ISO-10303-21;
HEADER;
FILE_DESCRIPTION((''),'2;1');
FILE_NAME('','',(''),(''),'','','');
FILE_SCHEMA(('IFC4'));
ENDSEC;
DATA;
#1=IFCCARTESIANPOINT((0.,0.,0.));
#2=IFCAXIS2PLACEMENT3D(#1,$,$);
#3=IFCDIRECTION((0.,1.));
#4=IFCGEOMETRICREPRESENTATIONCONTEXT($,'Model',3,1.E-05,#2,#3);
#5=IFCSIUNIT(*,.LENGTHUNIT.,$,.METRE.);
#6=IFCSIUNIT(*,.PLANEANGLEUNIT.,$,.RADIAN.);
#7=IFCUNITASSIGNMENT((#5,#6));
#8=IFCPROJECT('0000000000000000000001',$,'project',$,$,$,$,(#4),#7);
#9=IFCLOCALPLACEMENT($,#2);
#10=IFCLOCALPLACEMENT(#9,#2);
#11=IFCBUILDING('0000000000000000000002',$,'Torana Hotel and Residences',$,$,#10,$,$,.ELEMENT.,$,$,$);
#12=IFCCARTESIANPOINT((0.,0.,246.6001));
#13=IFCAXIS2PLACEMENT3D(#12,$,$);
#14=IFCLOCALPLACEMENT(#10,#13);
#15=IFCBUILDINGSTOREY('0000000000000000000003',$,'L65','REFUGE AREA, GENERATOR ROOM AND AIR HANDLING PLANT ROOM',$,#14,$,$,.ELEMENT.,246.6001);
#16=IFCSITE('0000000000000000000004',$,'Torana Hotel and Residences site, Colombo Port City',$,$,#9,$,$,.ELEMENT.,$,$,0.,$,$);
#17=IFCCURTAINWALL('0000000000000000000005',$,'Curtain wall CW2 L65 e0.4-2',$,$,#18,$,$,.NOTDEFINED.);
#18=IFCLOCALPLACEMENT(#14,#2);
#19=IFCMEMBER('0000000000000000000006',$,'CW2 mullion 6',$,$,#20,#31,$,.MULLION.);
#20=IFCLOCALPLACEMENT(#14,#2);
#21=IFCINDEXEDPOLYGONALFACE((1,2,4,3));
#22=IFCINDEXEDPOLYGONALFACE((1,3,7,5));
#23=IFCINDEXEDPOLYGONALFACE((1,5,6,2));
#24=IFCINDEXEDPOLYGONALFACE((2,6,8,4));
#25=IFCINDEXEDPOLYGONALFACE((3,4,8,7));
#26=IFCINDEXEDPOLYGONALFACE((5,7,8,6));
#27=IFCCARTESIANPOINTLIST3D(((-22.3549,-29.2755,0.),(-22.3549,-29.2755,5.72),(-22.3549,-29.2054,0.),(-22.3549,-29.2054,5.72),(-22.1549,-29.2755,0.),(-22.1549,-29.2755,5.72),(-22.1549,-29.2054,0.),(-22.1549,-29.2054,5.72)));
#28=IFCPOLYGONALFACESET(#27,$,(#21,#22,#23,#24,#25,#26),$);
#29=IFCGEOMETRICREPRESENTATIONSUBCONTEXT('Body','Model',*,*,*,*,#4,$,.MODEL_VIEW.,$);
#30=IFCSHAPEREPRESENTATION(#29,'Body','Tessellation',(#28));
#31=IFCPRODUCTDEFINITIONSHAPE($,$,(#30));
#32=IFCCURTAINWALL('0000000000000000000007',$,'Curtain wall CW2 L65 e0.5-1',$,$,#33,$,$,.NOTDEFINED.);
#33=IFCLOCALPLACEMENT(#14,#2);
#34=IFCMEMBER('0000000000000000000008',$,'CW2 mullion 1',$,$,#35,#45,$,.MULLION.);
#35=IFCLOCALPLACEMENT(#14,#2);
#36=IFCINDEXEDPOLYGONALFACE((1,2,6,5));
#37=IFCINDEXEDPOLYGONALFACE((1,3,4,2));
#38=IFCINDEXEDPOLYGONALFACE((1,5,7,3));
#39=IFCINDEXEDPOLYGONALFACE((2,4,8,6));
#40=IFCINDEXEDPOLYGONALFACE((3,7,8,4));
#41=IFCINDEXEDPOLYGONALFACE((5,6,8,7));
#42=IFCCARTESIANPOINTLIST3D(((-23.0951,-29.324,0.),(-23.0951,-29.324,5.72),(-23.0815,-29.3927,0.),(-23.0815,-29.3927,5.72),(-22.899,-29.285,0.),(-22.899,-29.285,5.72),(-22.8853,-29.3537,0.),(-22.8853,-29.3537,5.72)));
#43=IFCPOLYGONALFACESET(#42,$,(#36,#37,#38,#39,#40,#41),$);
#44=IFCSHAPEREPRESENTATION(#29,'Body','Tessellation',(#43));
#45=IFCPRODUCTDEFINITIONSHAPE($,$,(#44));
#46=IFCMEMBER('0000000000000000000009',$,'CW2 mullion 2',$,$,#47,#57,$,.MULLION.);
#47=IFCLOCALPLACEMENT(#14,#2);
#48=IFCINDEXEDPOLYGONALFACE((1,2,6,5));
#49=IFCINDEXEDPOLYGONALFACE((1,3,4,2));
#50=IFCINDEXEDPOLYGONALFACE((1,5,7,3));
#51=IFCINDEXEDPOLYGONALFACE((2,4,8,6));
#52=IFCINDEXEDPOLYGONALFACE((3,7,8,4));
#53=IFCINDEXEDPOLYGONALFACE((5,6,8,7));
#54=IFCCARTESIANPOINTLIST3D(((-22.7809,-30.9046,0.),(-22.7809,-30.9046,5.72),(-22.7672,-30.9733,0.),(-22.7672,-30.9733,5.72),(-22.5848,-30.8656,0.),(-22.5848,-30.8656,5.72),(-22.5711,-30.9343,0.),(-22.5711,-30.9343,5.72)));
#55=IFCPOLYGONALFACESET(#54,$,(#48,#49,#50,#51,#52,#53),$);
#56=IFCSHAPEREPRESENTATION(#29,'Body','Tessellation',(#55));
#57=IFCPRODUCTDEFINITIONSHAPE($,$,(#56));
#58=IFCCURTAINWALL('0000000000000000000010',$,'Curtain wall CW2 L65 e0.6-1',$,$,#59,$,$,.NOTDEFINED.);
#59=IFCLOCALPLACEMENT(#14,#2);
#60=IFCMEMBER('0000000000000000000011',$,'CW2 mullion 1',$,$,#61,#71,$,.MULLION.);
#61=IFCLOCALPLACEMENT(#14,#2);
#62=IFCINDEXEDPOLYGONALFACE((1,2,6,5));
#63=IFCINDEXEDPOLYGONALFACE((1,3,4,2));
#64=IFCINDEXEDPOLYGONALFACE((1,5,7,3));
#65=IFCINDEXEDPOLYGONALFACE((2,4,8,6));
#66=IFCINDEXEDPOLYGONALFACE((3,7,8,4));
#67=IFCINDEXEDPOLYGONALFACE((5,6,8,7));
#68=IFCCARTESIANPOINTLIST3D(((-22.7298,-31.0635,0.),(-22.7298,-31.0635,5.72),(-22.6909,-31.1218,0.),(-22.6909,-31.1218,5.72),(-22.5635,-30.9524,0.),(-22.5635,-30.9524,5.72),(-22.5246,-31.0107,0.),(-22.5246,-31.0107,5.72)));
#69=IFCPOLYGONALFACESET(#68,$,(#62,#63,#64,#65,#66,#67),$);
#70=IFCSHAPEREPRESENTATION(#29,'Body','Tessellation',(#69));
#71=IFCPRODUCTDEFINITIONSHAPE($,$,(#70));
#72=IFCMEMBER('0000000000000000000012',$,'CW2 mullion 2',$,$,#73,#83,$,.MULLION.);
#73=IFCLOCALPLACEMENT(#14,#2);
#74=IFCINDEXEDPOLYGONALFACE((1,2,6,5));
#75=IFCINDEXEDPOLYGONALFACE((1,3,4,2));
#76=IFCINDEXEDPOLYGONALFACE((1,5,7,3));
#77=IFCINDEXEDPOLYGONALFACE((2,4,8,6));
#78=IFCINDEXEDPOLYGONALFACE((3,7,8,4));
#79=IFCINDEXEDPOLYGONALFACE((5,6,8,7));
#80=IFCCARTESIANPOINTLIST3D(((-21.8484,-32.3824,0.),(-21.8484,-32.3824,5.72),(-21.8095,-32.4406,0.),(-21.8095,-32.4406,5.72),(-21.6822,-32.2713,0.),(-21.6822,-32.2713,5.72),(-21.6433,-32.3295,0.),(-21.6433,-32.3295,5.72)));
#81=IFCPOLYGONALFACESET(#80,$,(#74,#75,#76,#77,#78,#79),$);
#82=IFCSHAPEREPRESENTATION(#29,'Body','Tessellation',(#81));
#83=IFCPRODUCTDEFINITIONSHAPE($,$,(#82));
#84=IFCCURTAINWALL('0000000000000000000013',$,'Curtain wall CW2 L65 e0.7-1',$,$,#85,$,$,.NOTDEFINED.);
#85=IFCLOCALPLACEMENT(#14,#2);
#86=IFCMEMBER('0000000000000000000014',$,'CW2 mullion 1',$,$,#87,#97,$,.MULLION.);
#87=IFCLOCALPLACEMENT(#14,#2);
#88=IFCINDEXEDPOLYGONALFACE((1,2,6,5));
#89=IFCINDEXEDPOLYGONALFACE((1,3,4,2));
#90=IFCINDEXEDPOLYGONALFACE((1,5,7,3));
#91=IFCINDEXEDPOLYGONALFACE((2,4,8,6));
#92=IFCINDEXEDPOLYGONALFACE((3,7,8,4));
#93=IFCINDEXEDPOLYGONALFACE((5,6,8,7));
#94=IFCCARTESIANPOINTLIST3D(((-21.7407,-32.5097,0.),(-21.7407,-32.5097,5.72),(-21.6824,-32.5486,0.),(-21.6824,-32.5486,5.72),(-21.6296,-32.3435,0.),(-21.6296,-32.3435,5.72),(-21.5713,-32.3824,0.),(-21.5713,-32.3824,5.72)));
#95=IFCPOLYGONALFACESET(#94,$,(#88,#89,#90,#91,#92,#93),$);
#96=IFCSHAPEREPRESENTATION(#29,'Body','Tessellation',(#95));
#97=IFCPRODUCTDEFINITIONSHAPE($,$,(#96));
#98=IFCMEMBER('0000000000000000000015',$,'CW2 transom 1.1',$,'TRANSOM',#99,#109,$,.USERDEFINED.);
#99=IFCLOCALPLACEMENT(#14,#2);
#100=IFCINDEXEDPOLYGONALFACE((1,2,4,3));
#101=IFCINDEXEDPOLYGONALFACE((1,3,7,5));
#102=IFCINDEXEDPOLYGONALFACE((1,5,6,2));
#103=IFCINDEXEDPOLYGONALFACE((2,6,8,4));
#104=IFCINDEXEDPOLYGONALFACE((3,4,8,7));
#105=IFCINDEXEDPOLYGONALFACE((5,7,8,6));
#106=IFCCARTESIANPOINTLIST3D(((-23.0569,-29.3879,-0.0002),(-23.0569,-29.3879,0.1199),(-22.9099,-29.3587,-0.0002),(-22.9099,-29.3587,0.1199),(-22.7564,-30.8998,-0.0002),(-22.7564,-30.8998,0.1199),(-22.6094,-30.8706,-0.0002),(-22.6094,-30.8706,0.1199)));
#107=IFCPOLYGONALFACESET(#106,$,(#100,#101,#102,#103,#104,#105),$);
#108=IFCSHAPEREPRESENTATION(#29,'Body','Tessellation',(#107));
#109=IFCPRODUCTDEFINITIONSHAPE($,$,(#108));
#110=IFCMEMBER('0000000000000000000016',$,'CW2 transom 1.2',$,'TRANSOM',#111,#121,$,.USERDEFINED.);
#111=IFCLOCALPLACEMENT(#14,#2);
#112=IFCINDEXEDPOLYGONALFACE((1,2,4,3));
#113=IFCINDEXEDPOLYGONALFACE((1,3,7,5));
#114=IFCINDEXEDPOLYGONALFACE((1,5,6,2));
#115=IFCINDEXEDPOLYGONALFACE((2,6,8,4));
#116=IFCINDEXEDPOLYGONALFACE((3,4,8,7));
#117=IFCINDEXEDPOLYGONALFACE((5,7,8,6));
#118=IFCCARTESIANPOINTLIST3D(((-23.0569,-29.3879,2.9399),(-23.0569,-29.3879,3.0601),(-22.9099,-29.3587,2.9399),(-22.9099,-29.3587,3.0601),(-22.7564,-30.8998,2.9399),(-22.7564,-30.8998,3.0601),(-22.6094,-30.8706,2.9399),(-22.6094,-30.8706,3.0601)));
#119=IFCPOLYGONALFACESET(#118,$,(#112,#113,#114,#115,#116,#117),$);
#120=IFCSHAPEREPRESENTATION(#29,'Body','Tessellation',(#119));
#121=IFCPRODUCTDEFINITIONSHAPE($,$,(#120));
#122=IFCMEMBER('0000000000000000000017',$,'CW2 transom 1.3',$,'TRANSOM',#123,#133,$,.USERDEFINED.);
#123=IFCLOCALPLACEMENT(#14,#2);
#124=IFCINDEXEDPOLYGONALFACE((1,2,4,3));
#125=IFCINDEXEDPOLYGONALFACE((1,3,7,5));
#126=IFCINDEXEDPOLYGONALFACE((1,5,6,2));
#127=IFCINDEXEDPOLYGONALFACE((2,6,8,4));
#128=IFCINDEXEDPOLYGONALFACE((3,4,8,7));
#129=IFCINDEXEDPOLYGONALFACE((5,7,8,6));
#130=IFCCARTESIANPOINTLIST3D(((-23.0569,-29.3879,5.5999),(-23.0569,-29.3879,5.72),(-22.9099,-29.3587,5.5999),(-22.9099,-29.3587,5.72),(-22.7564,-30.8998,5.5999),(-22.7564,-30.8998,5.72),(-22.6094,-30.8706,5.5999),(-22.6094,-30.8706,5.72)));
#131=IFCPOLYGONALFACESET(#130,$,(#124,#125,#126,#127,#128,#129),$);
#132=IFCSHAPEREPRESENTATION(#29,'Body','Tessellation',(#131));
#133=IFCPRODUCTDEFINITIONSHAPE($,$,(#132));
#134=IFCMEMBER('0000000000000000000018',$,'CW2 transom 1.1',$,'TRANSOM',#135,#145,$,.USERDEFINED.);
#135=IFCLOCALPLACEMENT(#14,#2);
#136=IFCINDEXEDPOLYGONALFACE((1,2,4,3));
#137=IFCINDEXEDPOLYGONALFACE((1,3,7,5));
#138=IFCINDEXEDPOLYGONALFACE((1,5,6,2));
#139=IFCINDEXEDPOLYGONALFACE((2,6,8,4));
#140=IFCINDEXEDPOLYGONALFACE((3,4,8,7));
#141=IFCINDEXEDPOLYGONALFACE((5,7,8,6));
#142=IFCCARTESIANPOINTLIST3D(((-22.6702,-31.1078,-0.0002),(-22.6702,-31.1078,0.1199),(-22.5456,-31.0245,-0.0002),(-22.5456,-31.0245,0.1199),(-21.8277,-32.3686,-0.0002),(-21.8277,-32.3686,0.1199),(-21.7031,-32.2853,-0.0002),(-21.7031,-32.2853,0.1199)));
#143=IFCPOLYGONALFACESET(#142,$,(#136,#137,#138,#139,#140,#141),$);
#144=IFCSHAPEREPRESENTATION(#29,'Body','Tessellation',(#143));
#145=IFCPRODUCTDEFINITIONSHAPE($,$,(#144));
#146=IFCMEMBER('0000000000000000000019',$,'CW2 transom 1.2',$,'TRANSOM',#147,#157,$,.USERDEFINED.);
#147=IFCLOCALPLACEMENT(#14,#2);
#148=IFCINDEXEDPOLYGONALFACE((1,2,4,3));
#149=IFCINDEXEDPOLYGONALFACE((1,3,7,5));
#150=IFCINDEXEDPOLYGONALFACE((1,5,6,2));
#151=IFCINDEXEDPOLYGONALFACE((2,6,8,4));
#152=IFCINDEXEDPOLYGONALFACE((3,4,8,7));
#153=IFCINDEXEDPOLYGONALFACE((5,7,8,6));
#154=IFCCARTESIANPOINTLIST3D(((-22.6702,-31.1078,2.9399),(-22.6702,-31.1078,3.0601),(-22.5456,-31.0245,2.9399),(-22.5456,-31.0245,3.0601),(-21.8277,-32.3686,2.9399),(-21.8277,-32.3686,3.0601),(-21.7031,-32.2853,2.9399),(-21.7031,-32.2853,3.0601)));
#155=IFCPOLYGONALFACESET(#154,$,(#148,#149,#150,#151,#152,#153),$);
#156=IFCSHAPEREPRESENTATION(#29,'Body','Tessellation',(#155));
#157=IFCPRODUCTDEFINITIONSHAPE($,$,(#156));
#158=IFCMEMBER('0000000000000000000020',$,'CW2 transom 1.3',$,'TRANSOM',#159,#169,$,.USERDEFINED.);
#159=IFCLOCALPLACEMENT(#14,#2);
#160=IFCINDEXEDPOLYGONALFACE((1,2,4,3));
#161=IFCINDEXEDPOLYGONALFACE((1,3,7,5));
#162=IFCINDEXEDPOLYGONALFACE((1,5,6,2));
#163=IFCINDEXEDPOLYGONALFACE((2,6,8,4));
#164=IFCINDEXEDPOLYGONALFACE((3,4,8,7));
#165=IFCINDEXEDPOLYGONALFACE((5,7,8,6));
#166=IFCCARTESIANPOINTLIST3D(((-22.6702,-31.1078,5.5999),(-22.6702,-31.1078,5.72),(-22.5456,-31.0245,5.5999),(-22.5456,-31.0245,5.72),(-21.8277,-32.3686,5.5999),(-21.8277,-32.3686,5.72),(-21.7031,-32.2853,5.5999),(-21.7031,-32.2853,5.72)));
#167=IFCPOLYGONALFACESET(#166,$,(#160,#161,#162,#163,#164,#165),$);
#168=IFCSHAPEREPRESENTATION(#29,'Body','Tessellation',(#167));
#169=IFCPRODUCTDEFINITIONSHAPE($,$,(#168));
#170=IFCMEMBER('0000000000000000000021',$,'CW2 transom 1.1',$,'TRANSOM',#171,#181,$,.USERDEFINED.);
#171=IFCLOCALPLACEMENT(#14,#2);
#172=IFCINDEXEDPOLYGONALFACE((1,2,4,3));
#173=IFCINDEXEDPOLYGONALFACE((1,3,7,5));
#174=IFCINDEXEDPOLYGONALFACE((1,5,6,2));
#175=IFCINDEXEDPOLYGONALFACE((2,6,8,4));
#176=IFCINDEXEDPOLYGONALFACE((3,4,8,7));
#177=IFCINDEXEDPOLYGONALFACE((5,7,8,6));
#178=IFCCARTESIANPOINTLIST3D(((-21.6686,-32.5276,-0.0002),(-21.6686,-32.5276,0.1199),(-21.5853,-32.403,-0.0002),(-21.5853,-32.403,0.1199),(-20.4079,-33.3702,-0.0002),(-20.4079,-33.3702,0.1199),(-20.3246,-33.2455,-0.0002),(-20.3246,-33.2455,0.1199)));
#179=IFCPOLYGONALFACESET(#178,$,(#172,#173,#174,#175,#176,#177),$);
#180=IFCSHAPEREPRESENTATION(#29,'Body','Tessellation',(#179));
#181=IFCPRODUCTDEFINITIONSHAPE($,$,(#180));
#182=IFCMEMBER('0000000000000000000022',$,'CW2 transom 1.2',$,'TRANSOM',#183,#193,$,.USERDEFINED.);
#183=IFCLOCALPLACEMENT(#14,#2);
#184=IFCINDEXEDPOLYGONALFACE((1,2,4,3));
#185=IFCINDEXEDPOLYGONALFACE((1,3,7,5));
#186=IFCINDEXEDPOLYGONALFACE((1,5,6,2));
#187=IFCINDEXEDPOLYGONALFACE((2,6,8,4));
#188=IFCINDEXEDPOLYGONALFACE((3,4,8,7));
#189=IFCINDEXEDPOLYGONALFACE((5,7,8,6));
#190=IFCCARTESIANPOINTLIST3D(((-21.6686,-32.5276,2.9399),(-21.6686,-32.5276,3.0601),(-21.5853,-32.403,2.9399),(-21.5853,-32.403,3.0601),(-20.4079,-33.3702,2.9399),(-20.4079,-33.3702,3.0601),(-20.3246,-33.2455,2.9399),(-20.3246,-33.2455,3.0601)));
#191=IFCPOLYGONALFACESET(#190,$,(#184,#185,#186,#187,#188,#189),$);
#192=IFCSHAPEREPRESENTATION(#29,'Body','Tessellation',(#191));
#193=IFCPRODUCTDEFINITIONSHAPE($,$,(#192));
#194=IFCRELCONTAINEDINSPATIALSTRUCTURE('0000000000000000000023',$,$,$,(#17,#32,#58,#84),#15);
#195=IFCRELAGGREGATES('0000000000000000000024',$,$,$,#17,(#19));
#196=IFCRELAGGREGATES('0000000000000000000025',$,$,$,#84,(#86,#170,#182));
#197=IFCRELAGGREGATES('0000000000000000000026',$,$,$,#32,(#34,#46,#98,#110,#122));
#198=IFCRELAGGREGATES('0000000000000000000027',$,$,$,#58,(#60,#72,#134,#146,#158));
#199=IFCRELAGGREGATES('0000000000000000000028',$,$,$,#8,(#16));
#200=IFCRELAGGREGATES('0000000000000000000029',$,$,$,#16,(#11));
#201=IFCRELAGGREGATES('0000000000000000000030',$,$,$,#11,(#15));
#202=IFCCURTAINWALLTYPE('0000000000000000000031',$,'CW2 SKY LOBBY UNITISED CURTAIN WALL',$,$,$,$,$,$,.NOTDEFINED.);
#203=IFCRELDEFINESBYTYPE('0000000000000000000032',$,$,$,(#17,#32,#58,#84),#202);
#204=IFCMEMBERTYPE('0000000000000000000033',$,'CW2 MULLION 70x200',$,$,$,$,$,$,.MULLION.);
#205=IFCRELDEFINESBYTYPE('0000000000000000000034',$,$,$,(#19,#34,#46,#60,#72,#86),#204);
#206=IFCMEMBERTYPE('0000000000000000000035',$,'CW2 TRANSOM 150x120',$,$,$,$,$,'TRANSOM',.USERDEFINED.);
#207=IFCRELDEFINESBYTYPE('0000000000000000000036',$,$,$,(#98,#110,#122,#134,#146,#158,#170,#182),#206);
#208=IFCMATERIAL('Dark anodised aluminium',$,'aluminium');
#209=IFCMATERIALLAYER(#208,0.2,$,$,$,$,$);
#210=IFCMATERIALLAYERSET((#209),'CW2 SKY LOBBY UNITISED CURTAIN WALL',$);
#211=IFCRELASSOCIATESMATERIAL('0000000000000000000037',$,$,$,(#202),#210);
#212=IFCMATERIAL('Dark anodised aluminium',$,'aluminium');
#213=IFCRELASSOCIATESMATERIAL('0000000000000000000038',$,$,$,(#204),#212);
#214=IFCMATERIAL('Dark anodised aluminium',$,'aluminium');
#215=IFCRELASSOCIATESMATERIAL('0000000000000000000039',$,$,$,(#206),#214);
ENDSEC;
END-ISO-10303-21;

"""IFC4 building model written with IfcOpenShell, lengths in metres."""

from ifc_helpers import new_model, si_unit, direction, frame, origin, origin_2d, place, context, subcontext, project, spatial, rectangle, extrude, material, layer, layer_set, material_profile, profile_set, type_object, element, aggregate, save


model = new_model("IFC4")

# Units and contexts
model_context = context("Model", 3, precision=1e-05, world=origin(), true_north=direction((0.0, 1.0)))
body_context = subcontext(model_context, "Body", "Model", "MODEL_VIEW")
ifc_project = project(units=[si_unit("LENGTHUNIT", "METRE"), si_unit("PLANEANGLEUNIT", "RADIAN")], contexts=[model_context])

# Site, building, storey
site_placement = place(None, origin())
site = spatial("IfcSite", under=ifc_project, at=site_placement, Name="Torana Hotel and Residences site, Colombo Port City", CompositionType="ELEMENT", RefElevation=0.0)
building_placement = place(site_placement, origin())
building = spatial("IfcBuilding", under=site, at=building_placement, Name="Torana Hotel and Residences", CompositionType="ELEMENT")
storey_placement = place(building_placement, frame((0.0, 0.0, 246.6001)))
storey = spatial("IfcBuildingStorey", under=building, at=storey_placement, Name="L65", Description="REFUGE AREA, GENERATOR ROOM AND AIR HANDLING PLANT ROOM", CompositionType="ELEMENT", Elevation=246.6001)

# Curtain wall, member
ifc_material_1 = material(Name="Dark anodised aluminium", Category="aluminium")
ifc_layer_1 = layer(ifc_material_1, 0.2)
ifc_layer_set_1 = layer_set([ifc_layer_1], Name="CW2 SKY LOBBY UNITISED CURTAIN WALL")
curtain_wall_type = type_object("IfcCurtainWallType", Name="CW2 SKY LOBBY UNITISED CURTAIN WALL", PredefinedType="NOTDEFINED", material=ifc_layer_set_1)
curtain_wall_1_placement = place(storey_placement, origin())
curtain_wall_1 = element("IfcCurtainWall", 1, at=curtain_wall_1_placement, inside=storey, type_object=curtain_wall_type, Name="Curtain wall CW2 L65 e0.4-2", PredefinedType="NOTDEFINED")
ifc_material_2 = material(Name="Dark anodised aluminium", Category="aluminium")
ifc_material_profile_1 = material_profile(ifc_material_2, rectangle(XDim=0.2, YDim=0.0701, at=origin_2d()), Name="CW2 MULLION 70x200")
ifc_profile_set_1 = profile_set([ifc_material_profile_1], Name="Dark anodised aluminium")
member_type_1 = type_object("IfcMemberType", Name="CW2 MULLION 70x200", PredefinedType="MULLION", material=ifc_profile_set_1)
member_1_placement = place(storey_placement, frame((-22.2549, -29.2405, 0.0), z_axis=(0.0, 0.0, 1.0), x_axis=(1.0, 0.0, 0.0)))
member_1 = element("IfcMember", 2, at=member_1_placement, type_object=member_type_1, Name="CW2 mullion 6", PredefinedType="MULLION", context=body_context, shape_type="SweptSolid", body=[
    extrude(rectangle(XDim=0.2, YDim=0.0701, at=origin_2d()), origin(), (0.0, 0.0, 1.0), 5.72),
])
aggregate(curtain_wall_1, [member_1])

# Curtain walls, members
curtain_wall_2_placement = place(storey_placement, origin())
curtain_wall_2 = element("IfcCurtainWall", 3, at=curtain_wall_2_placement, inside=storey, type_object=curtain_wall_type, Name="Curtain wall CW2 L65 e0.5-1", PredefinedType="NOTDEFINED")
member_2_placement = place(storey_placement, frame((-22.9902, -29.3389, 0.0), z_axis=(0.0, 0.0, 1.0), x_axis=(0.980791, 0.195064, 0.0)))
member_2 = element("IfcMember", 4, at=member_2_placement, type_object=member_type_1, Name="CW2 mullion 1", PredefinedType="MULLION", context=body_context, shape_type="SweptSolid", body=[
    extrude(rectangle(XDim=0.2, YDim=0.0701, at=origin_2d()), origin(), (0.0, 0.0, 1.0), 5.72),
])
member_3_placement = place(storey_placement, frame((-22.676, -30.9194, 0.0), z_axis=(0.0, 0.0, 1.0), x_axis=(0.980791, 0.195064, 0.0)))
member_3 = element("IfcMember", 5, at=member_3_placement, type_object=member_type_1, Name="CW2 mullion 2", PredefinedType="MULLION", context=body_context, shape_type="SweptSolid", body=[
    extrude(rectangle(XDim=0.2, YDim=0.0701, at=origin_2d()), origin(), (0.0, 0.0, 1.0), 5.72),
])
curtain_wall_3_placement = place(storey_placement, origin())
curtain_wall_3 = element("IfcCurtainWall", 6, at=curtain_wall_3_placement, inside=storey, type_object=curtain_wall_type, Name="Curtain wall CW2 L65 e0.6-1", PredefinedType="NOTDEFINED")
member_4_placement = place(storey_placement, frame((-22.6272, -31.0371, 0.0), z_axis=(0.0, 0.0, 1.0), x_axis=(0.831474, 0.555564, 0.0)))
member_4 = element("IfcMember", 7, at=member_4_placement, type_object=member_type_1, Name="CW2 mullion 1", PredefinedType="MULLION", context=body_context, shape_type="SweptSolid", body=[
    extrude(rectangle(XDim=0.2, YDim=0.0701, at=origin_2d()), origin(), (0.0, 0.0, 1.0), 5.72),
])
member_5_placement = place(storey_placement, frame((-21.7458, -32.356, 0.0), z_axis=(0.0, 0.0, 1.0), x_axis=(0.831474, 0.555564, 0.0)))
member_5 = element("IfcMember", 8, at=member_5_placement, type_object=member_type_1, Name="CW2 mullion 2", PredefinedType="MULLION", context=body_context, shape_type="SweptSolid", body=[
    extrude(rectangle(XDim=0.2, YDim=0.0701, at=origin_2d()), origin(), (0.0, 0.0, 1.0), 5.72),
])

# Curtain wall, member
curtain_wall_4_placement = place(storey_placement, origin())
curtain_wall_4 = element("IfcCurtainWall", 9, at=curtain_wall_4_placement, inside=storey, type_object=curtain_wall_type, Name="Curtain wall CW2 L65 e0.7-1", PredefinedType="NOTDEFINED")
member_6_placement = place(storey_placement, frame((-21.656, -32.446, 0.0), z_axis=(0.0, 0.0, 1.0), x_axis=(0.555564, 0.831474, 0.0)))
member_6 = element("IfcMember", 10, at=member_6_placement, type_object=member_type_1, Name="CW2 mullion 1", PredefinedType="MULLION", context=body_context, shape_type="SweptSolid", body=[
    extrude(rectangle(XDim=0.2, YDim=0.0701, at=origin_2d()), origin(), (0.0, 0.0, 1.0), 5.72),
])

# Members
ifc_material_3 = material(Name="Dark anodised aluminium", Category="aluminium")
ifc_material_profile_2 = material_profile(ifc_material_3, rectangle(XDim=0.1499, YDim=0.1201, at=origin_2d()), Name="CW2 TRANSOM 150x120")
ifc_profile_set_2 = profile_set([ifc_material_profile_2], Name="Dark anodised aluminium")
member_type_2 = type_object("IfcMemberType", Name="CW2 TRANSOM 150x120", ElementType="TRANSOM", PredefinedType="USERDEFINED", material=ifc_profile_set_2)
member_7_placement = place(storey_placement, frame((-22.9834, -29.3733, 0.0598), z_axis=(0.194959, -0.980811, 0.0), x_axis=(0.980811, 0.194959, 0.0)))
member_7 = element("IfcMember", 11, at=member_7_placement, type_object=member_type_2, Name="CW2 transom 1.1", ObjectType="TRANSOM", PredefinedType="USERDEFINED", context=body_context, shape_type="SweptSolid", body=[
    extrude(rectangle(XDim=0.1499, YDim=0.1201, at=origin_2d()), origin(), (0.0, 0.0, 1.0), 1.5415),
])
member_8_placement = place(storey_placement, frame((-22.9834, -29.3733, 3.0), z_axis=(0.194959, -0.980811, 0.0), x_axis=(0.980811, 0.194959, 0.0)))
member_8 = element("IfcMember", 12, at=member_8_placement, type_object=member_type_2, Name="CW2 transom 1.2", ObjectType="TRANSOM", PredefinedType="USERDEFINED", context=body_context, shape_type="SweptSolid", body=[
    extrude(rectangle(XDim=0.1499, YDim=0.1201, at=origin_2d()), origin(), (0.0, 0.0, 1.0), 1.5415),
])
member_9_placement = place(storey_placement, frame((-22.9834, -29.3733, 5.6599), z_axis=(0.194959, -0.980811, 0.0), x_axis=(0.980811, 0.194959, 0.0)))
member_9 = element("IfcMember", 13, at=member_9_placement, type_object=member_type_2, Name="CW2 transom 1.3", ObjectType="TRANSOM", PredefinedType="USERDEFINED", context=body_context, shape_type="SweptSolid", body=[
    extrude(rectangle(XDim=0.1499, YDim=0.1201, at=origin_2d()), origin(), (0.0, 0.0, 1.0), 1.5415),
])
member_10_placement = place(storey_placement, frame((-22.6079, -31.0662, 0.0598), z_axis=(0.555629, -0.831431, 0.0), x_axis=(0.831431, 0.555629, 0.0)))
member_10 = element("IfcMember", 14, at=member_10_placement, type_object=member_type_2, Name="CW2 transom 1.1", ObjectType="TRANSOM", PredefinedType="USERDEFINED", context=body_context, shape_type="SweptSolid", body=[
    extrude(rectangle(XDim=0.1499, YDim=0.1201, at=origin_2d()), origin(), (0.0, 0.0, 1.0), 1.5164),
])
member_11_placement = place(storey_placement, frame((-22.6079, -31.0662, 3.0), z_axis=(0.555629, -0.831431, 0.0), x_axis=(0.831431, 0.555629, 0.0)))
member_11 = element("IfcMember", 15, at=member_11_placement, type_object=member_type_2, Name="CW2 transom 1.2", ObjectType="TRANSOM", PredefinedType="USERDEFINED", context=body_context, shape_type="SweptSolid", body=[
    extrude(rectangle(XDim=0.1499, YDim=0.1201, at=origin_2d()), origin(), (0.0, 0.0, 1.0), 1.5164),
])
member_12_placement = place(storey_placement, frame((-22.6079, -31.0662, 5.6599), z_axis=(0.555629, -0.831431, 0.0), x_axis=(0.831431, 0.555629, 0.0)))
member_12 = element("IfcMember", 16, at=member_12_placement, type_object=member_type_2, Name="CW2 transom 1.3", ObjectType="TRANSOM", PredefinedType="USERDEFINED", context=body_context, shape_type="SweptSolid", body=[
    extrude(rectangle(XDim=0.1499, YDim=0.1201, at=origin_2d()), origin(), (0.0, 0.0, 1.0), 1.5164),
])
member_13_placement = place(storey_placement, frame((-21.627, -32.4653, 0.0598), z_axis=(0.831431, -0.555629, 0.0), x_axis=(0.555629, 0.831431, 0.0)))
member_13 = element("IfcMember", 17, at=member_13_placement, type_object=member_type_2, Name="CW2 transom 1.1", ObjectType="TRANSOM", PredefinedType="USERDEFINED", context=body_context, shape_type="SweptSolid", body=[
    extrude(rectangle(XDim=0.1499, YDim=0.1201, at=origin_2d()), origin(), (0.0, 0.0, 1.0), 1.5164),
])
member_14_placement = place(storey_placement, frame((-21.627, -32.4653, 3.0), z_axis=(0.831431, -0.555629, 0.0), x_axis=(0.555629, 0.831431, 0.0)))
member_14 = element("IfcMember", 18, at=member_14_placement, type_object=member_type_2, Name="CW2 transom 1.2", ObjectType="TRANSOM", PredefinedType="USERDEFINED", context=body_context, shape_type="SweptSolid", body=[
    extrude(rectangle(XDim=0.1499, YDim=0.1201, at=origin_2d()), origin(), (0.0, 0.0, 1.0), 1.5164),
])
aggregate(curtain_wall_4, [member_6, member_13, member_14])

aggregate(curtain_wall_2, [member_2, member_3, member_7, member_8, member_9])
aggregate(curtain_wall_3, [member_4, member_5, member_10, member_11, member_12])

save(model, "model.ifc")
